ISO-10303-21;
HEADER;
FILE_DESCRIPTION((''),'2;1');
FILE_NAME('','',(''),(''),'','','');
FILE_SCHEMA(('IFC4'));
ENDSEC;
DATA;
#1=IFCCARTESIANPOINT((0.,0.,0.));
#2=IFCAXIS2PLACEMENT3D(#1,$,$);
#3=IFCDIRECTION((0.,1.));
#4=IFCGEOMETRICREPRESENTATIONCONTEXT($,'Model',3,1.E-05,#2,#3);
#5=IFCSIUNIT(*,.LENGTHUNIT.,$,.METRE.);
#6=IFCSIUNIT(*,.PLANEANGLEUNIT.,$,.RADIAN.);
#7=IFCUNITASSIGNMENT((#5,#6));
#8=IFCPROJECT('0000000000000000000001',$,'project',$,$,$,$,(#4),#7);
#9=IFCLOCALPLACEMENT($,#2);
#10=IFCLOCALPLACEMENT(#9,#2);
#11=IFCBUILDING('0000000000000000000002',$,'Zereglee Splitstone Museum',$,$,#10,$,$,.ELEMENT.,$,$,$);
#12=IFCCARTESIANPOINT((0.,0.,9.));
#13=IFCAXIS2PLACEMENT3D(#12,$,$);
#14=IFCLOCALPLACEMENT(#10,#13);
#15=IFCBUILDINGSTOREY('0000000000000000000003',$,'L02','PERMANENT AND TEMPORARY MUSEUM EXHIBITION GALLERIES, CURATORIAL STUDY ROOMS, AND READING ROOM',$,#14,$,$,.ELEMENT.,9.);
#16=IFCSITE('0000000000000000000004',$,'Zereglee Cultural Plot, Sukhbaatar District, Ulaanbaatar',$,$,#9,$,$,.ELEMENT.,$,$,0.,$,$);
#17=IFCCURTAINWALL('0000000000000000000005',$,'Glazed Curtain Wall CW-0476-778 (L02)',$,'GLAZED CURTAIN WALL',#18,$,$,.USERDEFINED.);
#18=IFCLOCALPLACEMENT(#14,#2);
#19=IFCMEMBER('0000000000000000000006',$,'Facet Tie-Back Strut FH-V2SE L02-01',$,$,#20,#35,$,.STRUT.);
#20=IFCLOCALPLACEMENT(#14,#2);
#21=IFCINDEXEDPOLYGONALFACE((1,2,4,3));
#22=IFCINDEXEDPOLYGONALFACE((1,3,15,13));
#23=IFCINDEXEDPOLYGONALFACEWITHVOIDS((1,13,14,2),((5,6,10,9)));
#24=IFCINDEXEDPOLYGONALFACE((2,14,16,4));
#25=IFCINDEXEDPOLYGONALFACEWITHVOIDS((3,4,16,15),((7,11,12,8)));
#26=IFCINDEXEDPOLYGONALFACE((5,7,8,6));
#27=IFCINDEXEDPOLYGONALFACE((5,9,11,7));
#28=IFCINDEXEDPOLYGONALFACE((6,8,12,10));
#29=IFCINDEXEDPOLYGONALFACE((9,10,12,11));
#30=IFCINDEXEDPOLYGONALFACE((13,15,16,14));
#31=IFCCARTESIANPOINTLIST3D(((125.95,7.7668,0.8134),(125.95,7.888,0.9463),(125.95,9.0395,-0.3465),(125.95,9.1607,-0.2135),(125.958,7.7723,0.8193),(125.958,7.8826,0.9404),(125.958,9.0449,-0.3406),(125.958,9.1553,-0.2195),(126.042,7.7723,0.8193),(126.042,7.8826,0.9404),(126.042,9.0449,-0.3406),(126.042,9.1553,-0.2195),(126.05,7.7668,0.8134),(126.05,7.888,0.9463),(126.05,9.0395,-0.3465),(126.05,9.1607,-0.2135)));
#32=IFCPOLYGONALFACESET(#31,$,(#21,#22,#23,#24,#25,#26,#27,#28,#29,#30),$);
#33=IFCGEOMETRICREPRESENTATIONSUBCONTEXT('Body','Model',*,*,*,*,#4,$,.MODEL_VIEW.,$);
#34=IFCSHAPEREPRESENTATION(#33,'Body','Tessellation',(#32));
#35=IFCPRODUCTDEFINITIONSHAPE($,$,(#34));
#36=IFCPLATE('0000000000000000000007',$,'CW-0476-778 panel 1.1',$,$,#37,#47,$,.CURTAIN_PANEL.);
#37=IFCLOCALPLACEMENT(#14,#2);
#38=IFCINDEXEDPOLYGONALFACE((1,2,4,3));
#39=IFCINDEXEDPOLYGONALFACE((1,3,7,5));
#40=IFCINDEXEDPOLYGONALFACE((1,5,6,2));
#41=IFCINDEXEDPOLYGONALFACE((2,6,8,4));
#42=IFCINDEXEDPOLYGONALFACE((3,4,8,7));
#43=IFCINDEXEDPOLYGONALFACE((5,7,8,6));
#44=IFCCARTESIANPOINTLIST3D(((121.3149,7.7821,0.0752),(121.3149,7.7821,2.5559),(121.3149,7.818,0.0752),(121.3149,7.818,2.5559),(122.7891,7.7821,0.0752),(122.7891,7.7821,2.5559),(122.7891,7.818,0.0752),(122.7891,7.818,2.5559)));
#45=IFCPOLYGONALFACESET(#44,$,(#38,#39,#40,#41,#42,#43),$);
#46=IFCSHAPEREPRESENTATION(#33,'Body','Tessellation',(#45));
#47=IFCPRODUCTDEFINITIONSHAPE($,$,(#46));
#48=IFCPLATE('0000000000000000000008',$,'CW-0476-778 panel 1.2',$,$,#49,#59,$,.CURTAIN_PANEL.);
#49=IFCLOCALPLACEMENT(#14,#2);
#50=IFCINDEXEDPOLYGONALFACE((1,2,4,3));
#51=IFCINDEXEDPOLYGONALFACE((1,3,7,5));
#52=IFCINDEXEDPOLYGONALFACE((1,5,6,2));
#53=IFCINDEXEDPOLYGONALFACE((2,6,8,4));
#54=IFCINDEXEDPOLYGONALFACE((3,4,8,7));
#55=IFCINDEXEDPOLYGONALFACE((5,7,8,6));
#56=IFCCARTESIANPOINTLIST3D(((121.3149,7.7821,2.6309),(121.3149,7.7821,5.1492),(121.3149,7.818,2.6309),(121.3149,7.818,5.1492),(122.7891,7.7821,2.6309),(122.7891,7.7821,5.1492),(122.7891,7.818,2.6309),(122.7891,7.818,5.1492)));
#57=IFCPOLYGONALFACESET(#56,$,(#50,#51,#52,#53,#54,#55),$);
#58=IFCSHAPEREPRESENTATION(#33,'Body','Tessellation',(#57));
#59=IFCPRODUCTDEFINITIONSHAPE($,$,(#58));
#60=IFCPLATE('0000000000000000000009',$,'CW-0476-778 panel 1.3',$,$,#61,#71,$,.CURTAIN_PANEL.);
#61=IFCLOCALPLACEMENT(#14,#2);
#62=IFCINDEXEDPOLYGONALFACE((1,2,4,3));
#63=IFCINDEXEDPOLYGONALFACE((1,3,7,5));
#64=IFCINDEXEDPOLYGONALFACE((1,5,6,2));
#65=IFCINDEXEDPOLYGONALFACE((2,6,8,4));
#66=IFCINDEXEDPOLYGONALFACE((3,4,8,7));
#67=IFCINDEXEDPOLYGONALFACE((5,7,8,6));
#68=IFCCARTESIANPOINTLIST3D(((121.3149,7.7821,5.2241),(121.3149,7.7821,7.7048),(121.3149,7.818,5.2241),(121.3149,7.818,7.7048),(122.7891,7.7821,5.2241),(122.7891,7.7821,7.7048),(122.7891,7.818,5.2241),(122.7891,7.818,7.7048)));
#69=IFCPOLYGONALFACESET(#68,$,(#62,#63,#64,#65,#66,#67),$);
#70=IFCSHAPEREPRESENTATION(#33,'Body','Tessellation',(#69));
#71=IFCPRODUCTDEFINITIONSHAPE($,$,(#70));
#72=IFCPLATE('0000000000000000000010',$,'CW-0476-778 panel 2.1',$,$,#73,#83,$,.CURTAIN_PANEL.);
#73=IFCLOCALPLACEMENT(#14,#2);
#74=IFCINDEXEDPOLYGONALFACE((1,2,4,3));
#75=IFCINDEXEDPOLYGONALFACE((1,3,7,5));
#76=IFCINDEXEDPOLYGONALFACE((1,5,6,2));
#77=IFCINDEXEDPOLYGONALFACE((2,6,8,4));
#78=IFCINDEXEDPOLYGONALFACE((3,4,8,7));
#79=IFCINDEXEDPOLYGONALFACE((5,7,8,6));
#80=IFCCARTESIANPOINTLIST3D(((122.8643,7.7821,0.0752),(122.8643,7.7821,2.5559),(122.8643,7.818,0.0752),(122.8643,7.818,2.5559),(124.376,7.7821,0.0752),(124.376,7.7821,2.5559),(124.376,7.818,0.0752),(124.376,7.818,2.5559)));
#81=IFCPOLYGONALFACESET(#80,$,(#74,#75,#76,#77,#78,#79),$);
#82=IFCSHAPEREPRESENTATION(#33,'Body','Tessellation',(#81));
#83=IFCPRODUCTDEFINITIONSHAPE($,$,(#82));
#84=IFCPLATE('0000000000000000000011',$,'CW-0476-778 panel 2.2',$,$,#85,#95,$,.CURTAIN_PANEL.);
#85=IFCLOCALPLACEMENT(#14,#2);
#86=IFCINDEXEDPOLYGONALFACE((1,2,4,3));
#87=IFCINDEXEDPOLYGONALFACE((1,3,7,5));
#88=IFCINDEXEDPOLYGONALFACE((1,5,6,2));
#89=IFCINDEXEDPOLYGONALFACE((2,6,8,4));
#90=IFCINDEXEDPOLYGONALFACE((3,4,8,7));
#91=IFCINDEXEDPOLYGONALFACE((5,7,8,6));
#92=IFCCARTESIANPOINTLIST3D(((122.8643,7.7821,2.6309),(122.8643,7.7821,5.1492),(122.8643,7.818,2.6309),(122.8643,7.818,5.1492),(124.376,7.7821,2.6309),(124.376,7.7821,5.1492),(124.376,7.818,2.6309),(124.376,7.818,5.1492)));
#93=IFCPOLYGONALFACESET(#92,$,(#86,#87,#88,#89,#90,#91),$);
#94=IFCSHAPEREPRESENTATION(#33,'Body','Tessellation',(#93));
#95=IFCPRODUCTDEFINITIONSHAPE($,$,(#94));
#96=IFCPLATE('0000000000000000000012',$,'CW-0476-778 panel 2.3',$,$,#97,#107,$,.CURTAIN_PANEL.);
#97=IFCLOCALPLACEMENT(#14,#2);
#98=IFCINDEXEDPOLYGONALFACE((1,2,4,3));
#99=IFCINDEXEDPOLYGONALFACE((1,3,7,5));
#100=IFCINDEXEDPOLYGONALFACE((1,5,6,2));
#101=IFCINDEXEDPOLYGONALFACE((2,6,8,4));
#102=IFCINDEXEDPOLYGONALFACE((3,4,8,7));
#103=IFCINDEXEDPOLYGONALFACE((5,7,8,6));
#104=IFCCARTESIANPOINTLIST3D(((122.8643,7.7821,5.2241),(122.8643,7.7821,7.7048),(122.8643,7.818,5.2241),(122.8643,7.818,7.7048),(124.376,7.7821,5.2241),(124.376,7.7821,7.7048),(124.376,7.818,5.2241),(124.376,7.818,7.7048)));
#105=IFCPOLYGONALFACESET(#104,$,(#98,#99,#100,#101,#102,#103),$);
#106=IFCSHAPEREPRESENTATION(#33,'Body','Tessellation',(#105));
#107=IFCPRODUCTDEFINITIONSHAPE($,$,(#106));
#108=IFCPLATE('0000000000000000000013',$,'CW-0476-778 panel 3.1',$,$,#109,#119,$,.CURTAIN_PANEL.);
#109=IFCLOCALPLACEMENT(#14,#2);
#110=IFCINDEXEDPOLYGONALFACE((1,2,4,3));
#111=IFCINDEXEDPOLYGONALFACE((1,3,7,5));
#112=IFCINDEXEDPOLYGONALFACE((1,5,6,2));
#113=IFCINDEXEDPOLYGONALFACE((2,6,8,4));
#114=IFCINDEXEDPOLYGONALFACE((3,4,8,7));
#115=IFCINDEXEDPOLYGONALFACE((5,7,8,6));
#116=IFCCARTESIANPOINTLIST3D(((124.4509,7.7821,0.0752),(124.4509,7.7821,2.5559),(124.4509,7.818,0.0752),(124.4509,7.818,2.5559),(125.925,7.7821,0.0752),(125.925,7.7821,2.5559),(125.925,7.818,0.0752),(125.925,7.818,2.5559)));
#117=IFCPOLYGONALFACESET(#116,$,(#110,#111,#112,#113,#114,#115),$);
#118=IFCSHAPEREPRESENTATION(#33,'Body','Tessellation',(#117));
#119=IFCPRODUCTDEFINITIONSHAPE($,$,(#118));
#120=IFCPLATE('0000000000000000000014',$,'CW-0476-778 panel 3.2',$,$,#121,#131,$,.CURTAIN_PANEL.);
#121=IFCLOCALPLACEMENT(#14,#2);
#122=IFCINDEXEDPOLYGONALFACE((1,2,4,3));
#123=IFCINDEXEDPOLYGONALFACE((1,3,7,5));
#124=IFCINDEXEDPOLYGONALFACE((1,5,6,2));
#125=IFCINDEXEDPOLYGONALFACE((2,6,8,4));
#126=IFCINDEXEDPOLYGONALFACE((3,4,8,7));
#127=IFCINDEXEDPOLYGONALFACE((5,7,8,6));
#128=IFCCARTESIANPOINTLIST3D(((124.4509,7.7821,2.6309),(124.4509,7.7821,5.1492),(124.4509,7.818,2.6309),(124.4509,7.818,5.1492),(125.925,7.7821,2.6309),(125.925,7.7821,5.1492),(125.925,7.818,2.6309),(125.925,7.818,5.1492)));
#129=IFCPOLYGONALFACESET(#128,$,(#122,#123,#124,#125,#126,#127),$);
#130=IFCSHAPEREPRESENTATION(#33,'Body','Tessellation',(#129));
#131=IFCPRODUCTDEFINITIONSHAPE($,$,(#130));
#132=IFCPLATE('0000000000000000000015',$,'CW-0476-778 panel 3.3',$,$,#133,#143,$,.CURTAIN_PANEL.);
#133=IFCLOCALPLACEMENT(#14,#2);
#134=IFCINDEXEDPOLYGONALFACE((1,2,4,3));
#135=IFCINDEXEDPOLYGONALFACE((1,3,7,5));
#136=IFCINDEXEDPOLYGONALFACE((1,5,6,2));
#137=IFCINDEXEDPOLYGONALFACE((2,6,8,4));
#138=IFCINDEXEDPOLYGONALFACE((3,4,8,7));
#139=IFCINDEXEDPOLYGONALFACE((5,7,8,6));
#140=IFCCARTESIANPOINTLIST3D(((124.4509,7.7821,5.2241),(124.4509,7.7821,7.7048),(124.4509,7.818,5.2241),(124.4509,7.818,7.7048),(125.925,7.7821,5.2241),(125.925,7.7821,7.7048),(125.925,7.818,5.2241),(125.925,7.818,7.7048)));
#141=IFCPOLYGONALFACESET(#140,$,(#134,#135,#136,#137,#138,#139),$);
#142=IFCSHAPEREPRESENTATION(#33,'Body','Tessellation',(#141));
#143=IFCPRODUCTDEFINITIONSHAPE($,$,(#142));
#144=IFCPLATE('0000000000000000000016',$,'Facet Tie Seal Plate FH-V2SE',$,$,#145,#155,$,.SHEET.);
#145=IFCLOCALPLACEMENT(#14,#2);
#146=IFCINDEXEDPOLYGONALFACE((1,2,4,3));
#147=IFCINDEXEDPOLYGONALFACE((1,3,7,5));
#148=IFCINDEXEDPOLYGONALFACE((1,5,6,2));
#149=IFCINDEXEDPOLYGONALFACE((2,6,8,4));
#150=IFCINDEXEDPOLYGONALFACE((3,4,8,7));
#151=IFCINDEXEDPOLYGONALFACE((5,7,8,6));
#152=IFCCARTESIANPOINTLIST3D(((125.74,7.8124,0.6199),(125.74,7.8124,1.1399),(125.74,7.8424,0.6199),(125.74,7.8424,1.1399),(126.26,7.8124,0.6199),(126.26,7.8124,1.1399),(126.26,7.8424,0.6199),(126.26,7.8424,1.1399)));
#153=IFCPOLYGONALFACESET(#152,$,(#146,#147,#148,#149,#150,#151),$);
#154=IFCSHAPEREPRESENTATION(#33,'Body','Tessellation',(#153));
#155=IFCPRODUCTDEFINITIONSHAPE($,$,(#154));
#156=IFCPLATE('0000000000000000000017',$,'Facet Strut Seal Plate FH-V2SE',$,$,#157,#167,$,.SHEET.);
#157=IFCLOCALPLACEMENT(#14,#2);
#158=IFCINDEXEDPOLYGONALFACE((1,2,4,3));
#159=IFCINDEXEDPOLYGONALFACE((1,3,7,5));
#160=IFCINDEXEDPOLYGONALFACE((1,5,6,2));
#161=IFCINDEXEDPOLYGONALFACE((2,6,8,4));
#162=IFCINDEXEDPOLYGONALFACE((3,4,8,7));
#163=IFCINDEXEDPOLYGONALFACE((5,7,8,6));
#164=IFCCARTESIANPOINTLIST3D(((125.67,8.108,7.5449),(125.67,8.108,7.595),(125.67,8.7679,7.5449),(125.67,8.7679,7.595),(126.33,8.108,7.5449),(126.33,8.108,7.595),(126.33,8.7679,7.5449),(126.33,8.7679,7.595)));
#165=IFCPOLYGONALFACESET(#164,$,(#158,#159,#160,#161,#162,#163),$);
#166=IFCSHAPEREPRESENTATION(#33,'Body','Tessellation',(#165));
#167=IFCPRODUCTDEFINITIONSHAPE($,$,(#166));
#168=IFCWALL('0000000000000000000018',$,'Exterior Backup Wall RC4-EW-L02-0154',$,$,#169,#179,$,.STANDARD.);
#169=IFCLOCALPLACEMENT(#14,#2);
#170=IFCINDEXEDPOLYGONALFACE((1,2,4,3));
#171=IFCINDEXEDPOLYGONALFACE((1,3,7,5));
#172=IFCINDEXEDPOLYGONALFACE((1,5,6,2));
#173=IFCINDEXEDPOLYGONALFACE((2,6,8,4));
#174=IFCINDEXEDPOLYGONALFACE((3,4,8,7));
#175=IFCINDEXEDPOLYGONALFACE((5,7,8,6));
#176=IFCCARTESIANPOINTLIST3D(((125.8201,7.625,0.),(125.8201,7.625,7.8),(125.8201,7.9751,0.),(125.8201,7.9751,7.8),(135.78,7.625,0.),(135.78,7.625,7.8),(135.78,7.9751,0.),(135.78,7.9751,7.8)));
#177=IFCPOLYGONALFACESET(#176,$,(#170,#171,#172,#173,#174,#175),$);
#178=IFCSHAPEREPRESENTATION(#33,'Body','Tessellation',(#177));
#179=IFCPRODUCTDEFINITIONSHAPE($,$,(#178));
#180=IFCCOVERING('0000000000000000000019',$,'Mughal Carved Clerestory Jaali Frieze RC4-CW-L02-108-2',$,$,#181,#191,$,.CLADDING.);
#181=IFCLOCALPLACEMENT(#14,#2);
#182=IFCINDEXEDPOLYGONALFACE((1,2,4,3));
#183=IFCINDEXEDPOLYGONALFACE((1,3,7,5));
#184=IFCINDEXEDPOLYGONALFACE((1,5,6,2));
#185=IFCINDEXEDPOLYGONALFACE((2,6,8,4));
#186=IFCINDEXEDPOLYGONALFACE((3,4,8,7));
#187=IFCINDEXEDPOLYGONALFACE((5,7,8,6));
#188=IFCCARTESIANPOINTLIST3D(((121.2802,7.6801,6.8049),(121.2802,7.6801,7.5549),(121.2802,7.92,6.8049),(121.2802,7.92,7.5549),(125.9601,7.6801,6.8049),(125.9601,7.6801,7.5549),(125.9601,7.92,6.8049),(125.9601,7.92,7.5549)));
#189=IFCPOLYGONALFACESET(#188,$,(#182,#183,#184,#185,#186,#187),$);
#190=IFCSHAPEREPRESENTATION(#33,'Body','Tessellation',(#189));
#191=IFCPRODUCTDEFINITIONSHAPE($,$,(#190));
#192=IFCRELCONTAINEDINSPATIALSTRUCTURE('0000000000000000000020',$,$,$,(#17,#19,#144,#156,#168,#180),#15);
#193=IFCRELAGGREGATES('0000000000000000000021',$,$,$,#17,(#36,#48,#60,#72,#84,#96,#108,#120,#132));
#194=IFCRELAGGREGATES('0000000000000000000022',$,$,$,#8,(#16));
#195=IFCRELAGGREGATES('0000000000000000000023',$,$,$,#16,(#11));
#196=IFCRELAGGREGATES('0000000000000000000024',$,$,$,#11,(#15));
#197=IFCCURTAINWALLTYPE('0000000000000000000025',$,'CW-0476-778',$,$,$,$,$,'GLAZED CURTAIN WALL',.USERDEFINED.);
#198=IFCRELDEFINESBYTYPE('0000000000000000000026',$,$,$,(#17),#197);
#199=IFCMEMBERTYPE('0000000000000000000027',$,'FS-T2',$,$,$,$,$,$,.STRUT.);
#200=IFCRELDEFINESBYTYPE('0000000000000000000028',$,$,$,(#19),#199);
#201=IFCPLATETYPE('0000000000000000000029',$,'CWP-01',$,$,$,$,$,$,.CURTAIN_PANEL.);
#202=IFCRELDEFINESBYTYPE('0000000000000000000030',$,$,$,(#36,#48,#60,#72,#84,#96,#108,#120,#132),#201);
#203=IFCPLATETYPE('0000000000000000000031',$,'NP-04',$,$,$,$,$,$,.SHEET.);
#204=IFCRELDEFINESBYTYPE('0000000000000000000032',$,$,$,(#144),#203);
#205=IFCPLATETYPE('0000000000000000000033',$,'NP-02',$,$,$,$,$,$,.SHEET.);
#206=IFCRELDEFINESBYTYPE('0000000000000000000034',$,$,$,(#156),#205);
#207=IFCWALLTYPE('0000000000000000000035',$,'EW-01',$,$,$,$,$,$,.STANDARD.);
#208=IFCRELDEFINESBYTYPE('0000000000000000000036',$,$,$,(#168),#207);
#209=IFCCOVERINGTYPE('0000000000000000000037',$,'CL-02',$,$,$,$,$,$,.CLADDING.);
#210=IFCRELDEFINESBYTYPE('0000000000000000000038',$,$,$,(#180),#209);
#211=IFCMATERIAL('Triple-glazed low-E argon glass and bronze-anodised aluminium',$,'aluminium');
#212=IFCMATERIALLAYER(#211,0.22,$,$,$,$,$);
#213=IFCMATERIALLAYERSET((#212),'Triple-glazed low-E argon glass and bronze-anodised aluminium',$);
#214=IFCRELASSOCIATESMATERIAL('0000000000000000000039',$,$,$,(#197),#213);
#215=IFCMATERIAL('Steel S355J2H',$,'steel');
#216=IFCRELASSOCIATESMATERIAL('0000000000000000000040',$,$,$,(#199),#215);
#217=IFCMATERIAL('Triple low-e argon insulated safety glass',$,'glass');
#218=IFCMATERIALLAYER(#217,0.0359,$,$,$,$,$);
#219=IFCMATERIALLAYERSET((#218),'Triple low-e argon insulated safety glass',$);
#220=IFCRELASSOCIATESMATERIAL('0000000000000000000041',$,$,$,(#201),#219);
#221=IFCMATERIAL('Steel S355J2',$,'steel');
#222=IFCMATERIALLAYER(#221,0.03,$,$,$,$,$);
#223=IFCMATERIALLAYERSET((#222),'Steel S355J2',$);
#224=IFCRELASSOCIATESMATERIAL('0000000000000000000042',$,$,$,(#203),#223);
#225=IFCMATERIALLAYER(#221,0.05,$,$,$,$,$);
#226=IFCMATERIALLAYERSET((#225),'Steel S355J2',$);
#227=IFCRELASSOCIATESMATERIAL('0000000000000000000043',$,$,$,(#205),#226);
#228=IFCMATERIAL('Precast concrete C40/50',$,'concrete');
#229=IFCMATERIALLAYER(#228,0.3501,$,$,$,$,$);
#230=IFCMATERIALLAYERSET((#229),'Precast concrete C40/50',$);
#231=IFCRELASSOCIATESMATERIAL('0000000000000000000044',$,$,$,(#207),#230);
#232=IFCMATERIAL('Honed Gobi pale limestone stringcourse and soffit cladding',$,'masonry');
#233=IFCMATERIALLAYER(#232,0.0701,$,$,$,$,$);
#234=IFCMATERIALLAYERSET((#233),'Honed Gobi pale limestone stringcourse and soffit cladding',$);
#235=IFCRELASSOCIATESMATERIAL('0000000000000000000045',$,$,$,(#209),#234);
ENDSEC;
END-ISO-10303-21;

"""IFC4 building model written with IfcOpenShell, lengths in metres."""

from ifc_helpers import new_model, si_unit, direction, frame, frame_2d, origin, origin_2d, place, context, subcontext, project, spatial, rectangle, hollow_rectangle, extrude, material, layer, layer_set, material_profile, profile_set, type_object, element, aggregate, save


model = new_model("IFC4")

# Units and contexts
model_context = context("Model", 3, precision=1e-05, world=origin(), true_north=direction((0.0, 1.0)))
body_context = subcontext(model_context, "Body", "Model", "MODEL_VIEW")
ifc_project = project(units=[si_unit("LENGTHUNIT", "METRE"), si_unit("PLANEANGLEUNIT", "RADIAN")], contexts=[model_context])

# Site, building, storey
site_placement = place(None, origin())
site = spatial("IfcSite", under=ifc_project, at=site_placement, Name="Zereglee Cultural Plot, Sukhbaatar District, Ulaanbaatar", CompositionType="ELEMENT", RefElevation=0.0)
building_placement = place(site_placement, origin())
building = spatial("IfcBuilding", under=site, at=building_placement, Name="Zereglee Splitstone Museum", CompositionType="ELEMENT")
storey_placement = place(building_placement, frame((0.0, 0.0, 9.0)))
storey = spatial("IfcBuildingStorey", under=building, at=storey_placement, Name="L02", Description="PERMANENT AND TEMPORARY MUSEUM EXHIBITION GALLERIES, CURATORIAL STUDY ROOMS, AND READING ROOM", CompositionType="ELEMENT", Elevation=9.0)

# Curtain wall
ifc_material_1 = material(Name="Triple-glazed low-E argon glass and bronze-anodised aluminium", Category="aluminium")
ifc_layer_1 = layer(ifc_material_1, 0.22)
ifc_layer_set_1 = layer_set([ifc_layer_1], Name="Triple-glazed low-E argon glass and bronze-anodised aluminium")
curtain_wall_type = type_object("IfcCurtainWallType", Name="CW-0476-778", ElementType="GLAZED CURTAIN WALL", PredefinedType="USERDEFINED", material=ifc_layer_set_1)
curtain_wall_placement = place(storey_placement, origin())
curtain_wall = element("IfcCurtainWall", 1, at=curtain_wall_placement, inside=storey, type_object=curtain_wall_type, Name="Glazed Curtain Wall CW-0476-778 (L02)", ObjectType="GLAZED CURTAIN WALL", PredefinedType="USERDEFINED")

# Shared definitions
ifc_material_2 = material(Name="Steel S355J2", Category="steel")

# Member
ifc_material_3 = material(Name="Steel S355J2H", Category="steel")
ifc_material_profile_1 = material_profile(ifc_material_3, hollow_rectangle(XDim=0.1001, YDim=0.1799, WallThickness=0.0081, at=origin_2d()), Name="RHS 180x100x8")
ifc_profile_set_1 = profile_set([ifc_material_profile_1], Name="Steel S355J2H")
member_type_1 = type_object("IfcMemberType", Name="FS-T2", PredefinedType="STRUT", material=ifc_profile_set_1)
member_1_placement = place(storey_placement, frame((126.0, 9.1001, -0.28), z_axis=(0.0, -0.739099, 0.673597), x_axis=(1.0, 0.0, 0.0)))
element("IfcMember", 2, at=member_1_placement, inside=storey, type_object=member_type_1, Name="Facet Tie-Back Strut FH-V2SE L02-01", PredefinedType="STRUT", context=body_context, shape_type="SweptSolid", body=[
    extrude(hollow_rectangle(XDim=0.1001, YDim=0.1799, WallThickness=0.0081, at=origin_2d()), origin(), (0.0, 0.0, 1.0), 1.7219),
])

# Plates
ifc_material_4 = material(Name="Triple low-e argon insulated safety glass", Category="glass")
ifc_layer_2 = layer(ifc_material_4, 0.0359)
ifc_layer_set_2 = layer_set([ifc_layer_2], Name="Triple low-e argon insulated safety glass")
plate_type_1 = type_object("IfcPlateType", Name="CWP-01", PredefinedType="CURTAIN_PANEL", material=ifc_layer_set_2)
plate_1_placement = place(storey_placement, frame((122.052, 7.8, 0.0752), z_axis=(0.0, 0.0, 1.0), x_axis=(1.0, 0.0, 0.0)))
plate_1 = element("IfcPlate", 3, at=plate_1_placement, type_object=plate_type_1, Name="CW-0476-778 panel 1.1", PredefinedType="CURTAIN_PANEL", context=body_context, shape_type="SweptSolid", body=[
    extrude(rectangle(XDim=1.4741, YDim=0.0359, at=origin_2d()), origin(), (0.0, 0.0, 1.0), 2.4807),
])
plate_2_placement = place(storey_placement, frame((122.052, 7.8, 2.6309), z_axis=(0.0, 0.0, 1.0), x_axis=(1.0, 0.0, 0.0)))
plate_2 = element("IfcPlate", 4, at=plate_2_placement, type_object=plate_type_1, Name="CW-0476-778 panel 1.2", PredefinedType="CURTAIN_PANEL", context=body_context, shape_type="SweptSolid", body=[
    extrude(rectangle(XDim=1.4741, YDim=0.0359, at=origin_2d()), origin(), (0.0, 0.0, 1.0), 2.5183),
])
plate_3_placement = place(storey_placement, frame((122.052, 7.8, 5.2241), z_axis=(0.0, 0.0, 1.0), x_axis=(1.0, 0.0, 0.0)))
plate_3 = element("IfcPlate", 5, at=plate_3_placement, type_object=plate_type_1, Name="CW-0476-778 panel 1.3", PredefinedType="CURTAIN_PANEL", context=body_context, shape_type="SweptSolid", body=[
    extrude(rectangle(XDim=1.4741, YDim=0.0359, at=origin_2d()), origin(), (0.0, 0.0, 1.0), 2.4807),
])
plate_4_placement = place(storey_placement, frame((123.6201, 7.8, 0.0752), z_axis=(0.0, 0.0, 1.0), x_axis=(1.0, 0.0, 0.0)))
plate_4 = element("IfcPlate", 6, at=plate_4_placement, type_object=plate_type_1, Name="CW-0476-778 panel 2.1", PredefinedType="CURTAIN_PANEL", context=body_context, shape_type="SweptSolid", body=[
    extrude(rectangle(XDim=1.5117, YDim=0.0359, at=origin_2d()), origin(), (0.0, 0.0, 1.0), 2.4807),
])
plate_5_placement = place(storey_placement, frame((123.6201, 7.8, 2.6309), z_axis=(0.0, 0.0, 1.0), x_axis=(1.0, 0.0, 0.0)))
plate_5 = element("IfcPlate", 7, at=plate_5_placement, type_object=plate_type_1, Name="CW-0476-778 panel 2.2", PredefinedType="CURTAIN_PANEL", context=body_context, shape_type="SweptSolid", body=[
    extrude(rectangle(XDim=1.5117, YDim=0.0359, at=origin_2d()), origin(), (0.0, 0.0, 1.0), 2.5183),
])
plate_6_placement = place(storey_placement, frame((123.6201, 7.8, 5.2241), z_axis=(0.0, 0.0, 1.0), x_axis=(1.0, 0.0, 0.0)))
plate_6 = element("IfcPlate", 8, at=plate_6_placement, type_object=plate_type_1, Name="CW-0476-778 panel 2.3", PredefinedType="CURTAIN_PANEL", context=body_context, shape_type="SweptSolid", body=[
    extrude(rectangle(XDim=1.5117, YDim=0.0359, at=origin_2d()), origin(), (0.0, 0.0, 1.0), 2.4807),
])
plate_7_placement = place(storey_placement, frame((125.188, 7.8, 0.0752), z_axis=(0.0, 0.0, 1.0), x_axis=(1.0, 0.0, 0.0)))
plate_7 = element("IfcPlate", 9, at=plate_7_placement, type_object=plate_type_1, Name="CW-0476-778 panel 3.1", PredefinedType="CURTAIN_PANEL", context=body_context, shape_type="SweptSolid", body=[
    extrude(rectangle(XDim=1.4741, YDim=0.0359, at=origin_2d()), origin(), (0.0, 0.0, 1.0), 2.4807),
])
plate_8_placement = place(storey_placement, frame((125.188, 7.8, 2.6309), z_axis=(0.0, 0.0, 1.0), x_axis=(1.0, 0.0, 0.0)))
plate_8 = element("IfcPlate", 10, at=plate_8_placement, type_object=plate_type_1, Name="CW-0476-778 panel 3.2", PredefinedType="CURTAIN_PANEL", context=body_context, shape_type="SweptSolid", body=[
    extrude(rectangle(XDim=1.4741, YDim=0.0359, at=origin_2d()), origin(), (0.0, 0.0, 1.0), 2.5183),
])
plate_9_placement = place(storey_placement, frame((125.188, 7.8, 5.2241), z_axis=(0.0, 0.0, 1.0), x_axis=(1.0, 0.0, 0.0)))
plate_9 = element("IfcPlate", 11, at=plate_9_placement, type_object=plate_type_1, Name="CW-0476-778 panel 3.3", PredefinedType="CURTAIN_PANEL", context=body_context, shape_type="SweptSolid", body=[
    extrude(rectangle(XDim=1.4741, YDim=0.0359, at=origin_2d()), origin(), (0.0, 0.0, 1.0), 2.4807),
])
aggregate(curtain_wall, [plate_1, plate_2, plate_3, plate_4, plate_5, plate_6, plate_7, plate_8, plate_9])

# Plates
ifc_layer_3 = layer(ifc_material_2, 0.03)
ifc_layer_set_3 = layer_set([ifc_layer_3], Name="Steel S355J2")
plate_type_2 = type_object("IfcPlateType", Name="NP-04", PredefinedType="SHEET", material=ifc_layer_set_3)
plate_10_placement = place(storey_placement, frame((126.0, 7.8274, 0.6199), z_axis=(0.0, 0.0, 1.0), x_axis=(1.0, 0.0, 0.0)))
element("IfcPlate", 12, at=plate_10_placement, inside=storey, type_object=plate_type_2, Name="Facet Tie Seal Plate FH-V2SE", PredefinedType="SHEET", context=body_context, shape_type="SweptSolid", body=[
    extrude(rectangle(XDim=0.52, YDim=0.03, at=origin_2d()), origin(), (0.0, 0.0, 1.0), 0.52),
])
ifc_layer_4 = layer(ifc_material_2, 0.05)
ifc_layer_set_4 = layer_set([ifc_layer_4], Name="Steel S355J2")
plate_type_3 = type_object("IfcPlateType", Name="NP-02", PredefinedType="SHEET", material=ifc_layer_set_4)
plate_11_placement = place(storey_placement, frame((126.0, 8.438, 7.5449), z_axis=(0.0, 0.0, 1.0), x_axis=(1.0, 0.0, 0.0)))
element("IfcPlate", 13, at=plate_11_placement, inside=storey, type_object=plate_type_3, Name="Facet Strut Seal Plate FH-V2SE", PredefinedType="SHEET", context=body_context, shape_type="SweptSolid", body=[
    extrude(rectangle(XDim=0.6599, YDim=0.6599, at=origin_2d()), origin(), (0.0, 0.0, 1.0), 0.05),
])

# Wall
ifc_material_5 = material(Name="Precast concrete C40/50", Category="concrete")
ifc_layer_5 = layer(ifc_material_5, 0.3501)
ifc_layer_set_5 = layer_set([ifc_layer_5], Name="Precast concrete C40/50")
wall_type = type_object("IfcWallType", Name="EW-01", PredefinedType="STANDARD", material=ifc_layer_set_5)
wall_placement = place(storey_placement, frame((125.8201, 7.8, 0.0), z_axis=(0.0, 0.0, 1.0), x_axis=(1.0, 0.0, 0.0)))
element("IfcWall", 14, at=wall_placement, inside=storey, type_object=wall_type, Name="Exterior Backup Wall RC4-EW-L02-0154", PredefinedType="STANDARD", context=body_context, shape_type="SweptSolid", body=[
    extrude(rectangle(XDim=9.96, YDim=0.3501, at=frame_2d((4.98, 0.0))), origin(), (0.0, 0.0, 1.0), 7.8),
])

# Covering
ifc_material_6 = material(Name="Honed Gobi pale limestone stringcourse and soffit cladding", Category="masonry")
ifc_layer_6 = layer(ifc_material_6, 0.0701)
ifc_layer_set_6 = layer_set([ifc_layer_6], Name="Honed Gobi pale limestone stringcourse and soffit cladding")
covering_type = type_object("IfcCoveringType", Name="CL-02", PredefinedType="CLADDING", material=ifc_layer_set_6)
covering_placement = place(storey_placement, frame((123.6201, 7.8, 6.8049), z_axis=(0.0, 0.0, 1.0), x_axis=(1.0, 0.0, 0.0)))
element("IfcCovering", 15, at=covering_placement, inside=storey, type_object=covering_type, Name="Mughal Carved Clerestory Jaali Frieze RC4-CW-L02-108-2", PredefinedType="CLADDING", context=body_context, shape_type="SweptSolid", body=[
    extrude(rectangle(XDim=4.6799, YDim=0.24, at=origin_2d()), origin(), (0.0, 0.0, 1.0), 0.75),
])

save(model, "model.ifc")
